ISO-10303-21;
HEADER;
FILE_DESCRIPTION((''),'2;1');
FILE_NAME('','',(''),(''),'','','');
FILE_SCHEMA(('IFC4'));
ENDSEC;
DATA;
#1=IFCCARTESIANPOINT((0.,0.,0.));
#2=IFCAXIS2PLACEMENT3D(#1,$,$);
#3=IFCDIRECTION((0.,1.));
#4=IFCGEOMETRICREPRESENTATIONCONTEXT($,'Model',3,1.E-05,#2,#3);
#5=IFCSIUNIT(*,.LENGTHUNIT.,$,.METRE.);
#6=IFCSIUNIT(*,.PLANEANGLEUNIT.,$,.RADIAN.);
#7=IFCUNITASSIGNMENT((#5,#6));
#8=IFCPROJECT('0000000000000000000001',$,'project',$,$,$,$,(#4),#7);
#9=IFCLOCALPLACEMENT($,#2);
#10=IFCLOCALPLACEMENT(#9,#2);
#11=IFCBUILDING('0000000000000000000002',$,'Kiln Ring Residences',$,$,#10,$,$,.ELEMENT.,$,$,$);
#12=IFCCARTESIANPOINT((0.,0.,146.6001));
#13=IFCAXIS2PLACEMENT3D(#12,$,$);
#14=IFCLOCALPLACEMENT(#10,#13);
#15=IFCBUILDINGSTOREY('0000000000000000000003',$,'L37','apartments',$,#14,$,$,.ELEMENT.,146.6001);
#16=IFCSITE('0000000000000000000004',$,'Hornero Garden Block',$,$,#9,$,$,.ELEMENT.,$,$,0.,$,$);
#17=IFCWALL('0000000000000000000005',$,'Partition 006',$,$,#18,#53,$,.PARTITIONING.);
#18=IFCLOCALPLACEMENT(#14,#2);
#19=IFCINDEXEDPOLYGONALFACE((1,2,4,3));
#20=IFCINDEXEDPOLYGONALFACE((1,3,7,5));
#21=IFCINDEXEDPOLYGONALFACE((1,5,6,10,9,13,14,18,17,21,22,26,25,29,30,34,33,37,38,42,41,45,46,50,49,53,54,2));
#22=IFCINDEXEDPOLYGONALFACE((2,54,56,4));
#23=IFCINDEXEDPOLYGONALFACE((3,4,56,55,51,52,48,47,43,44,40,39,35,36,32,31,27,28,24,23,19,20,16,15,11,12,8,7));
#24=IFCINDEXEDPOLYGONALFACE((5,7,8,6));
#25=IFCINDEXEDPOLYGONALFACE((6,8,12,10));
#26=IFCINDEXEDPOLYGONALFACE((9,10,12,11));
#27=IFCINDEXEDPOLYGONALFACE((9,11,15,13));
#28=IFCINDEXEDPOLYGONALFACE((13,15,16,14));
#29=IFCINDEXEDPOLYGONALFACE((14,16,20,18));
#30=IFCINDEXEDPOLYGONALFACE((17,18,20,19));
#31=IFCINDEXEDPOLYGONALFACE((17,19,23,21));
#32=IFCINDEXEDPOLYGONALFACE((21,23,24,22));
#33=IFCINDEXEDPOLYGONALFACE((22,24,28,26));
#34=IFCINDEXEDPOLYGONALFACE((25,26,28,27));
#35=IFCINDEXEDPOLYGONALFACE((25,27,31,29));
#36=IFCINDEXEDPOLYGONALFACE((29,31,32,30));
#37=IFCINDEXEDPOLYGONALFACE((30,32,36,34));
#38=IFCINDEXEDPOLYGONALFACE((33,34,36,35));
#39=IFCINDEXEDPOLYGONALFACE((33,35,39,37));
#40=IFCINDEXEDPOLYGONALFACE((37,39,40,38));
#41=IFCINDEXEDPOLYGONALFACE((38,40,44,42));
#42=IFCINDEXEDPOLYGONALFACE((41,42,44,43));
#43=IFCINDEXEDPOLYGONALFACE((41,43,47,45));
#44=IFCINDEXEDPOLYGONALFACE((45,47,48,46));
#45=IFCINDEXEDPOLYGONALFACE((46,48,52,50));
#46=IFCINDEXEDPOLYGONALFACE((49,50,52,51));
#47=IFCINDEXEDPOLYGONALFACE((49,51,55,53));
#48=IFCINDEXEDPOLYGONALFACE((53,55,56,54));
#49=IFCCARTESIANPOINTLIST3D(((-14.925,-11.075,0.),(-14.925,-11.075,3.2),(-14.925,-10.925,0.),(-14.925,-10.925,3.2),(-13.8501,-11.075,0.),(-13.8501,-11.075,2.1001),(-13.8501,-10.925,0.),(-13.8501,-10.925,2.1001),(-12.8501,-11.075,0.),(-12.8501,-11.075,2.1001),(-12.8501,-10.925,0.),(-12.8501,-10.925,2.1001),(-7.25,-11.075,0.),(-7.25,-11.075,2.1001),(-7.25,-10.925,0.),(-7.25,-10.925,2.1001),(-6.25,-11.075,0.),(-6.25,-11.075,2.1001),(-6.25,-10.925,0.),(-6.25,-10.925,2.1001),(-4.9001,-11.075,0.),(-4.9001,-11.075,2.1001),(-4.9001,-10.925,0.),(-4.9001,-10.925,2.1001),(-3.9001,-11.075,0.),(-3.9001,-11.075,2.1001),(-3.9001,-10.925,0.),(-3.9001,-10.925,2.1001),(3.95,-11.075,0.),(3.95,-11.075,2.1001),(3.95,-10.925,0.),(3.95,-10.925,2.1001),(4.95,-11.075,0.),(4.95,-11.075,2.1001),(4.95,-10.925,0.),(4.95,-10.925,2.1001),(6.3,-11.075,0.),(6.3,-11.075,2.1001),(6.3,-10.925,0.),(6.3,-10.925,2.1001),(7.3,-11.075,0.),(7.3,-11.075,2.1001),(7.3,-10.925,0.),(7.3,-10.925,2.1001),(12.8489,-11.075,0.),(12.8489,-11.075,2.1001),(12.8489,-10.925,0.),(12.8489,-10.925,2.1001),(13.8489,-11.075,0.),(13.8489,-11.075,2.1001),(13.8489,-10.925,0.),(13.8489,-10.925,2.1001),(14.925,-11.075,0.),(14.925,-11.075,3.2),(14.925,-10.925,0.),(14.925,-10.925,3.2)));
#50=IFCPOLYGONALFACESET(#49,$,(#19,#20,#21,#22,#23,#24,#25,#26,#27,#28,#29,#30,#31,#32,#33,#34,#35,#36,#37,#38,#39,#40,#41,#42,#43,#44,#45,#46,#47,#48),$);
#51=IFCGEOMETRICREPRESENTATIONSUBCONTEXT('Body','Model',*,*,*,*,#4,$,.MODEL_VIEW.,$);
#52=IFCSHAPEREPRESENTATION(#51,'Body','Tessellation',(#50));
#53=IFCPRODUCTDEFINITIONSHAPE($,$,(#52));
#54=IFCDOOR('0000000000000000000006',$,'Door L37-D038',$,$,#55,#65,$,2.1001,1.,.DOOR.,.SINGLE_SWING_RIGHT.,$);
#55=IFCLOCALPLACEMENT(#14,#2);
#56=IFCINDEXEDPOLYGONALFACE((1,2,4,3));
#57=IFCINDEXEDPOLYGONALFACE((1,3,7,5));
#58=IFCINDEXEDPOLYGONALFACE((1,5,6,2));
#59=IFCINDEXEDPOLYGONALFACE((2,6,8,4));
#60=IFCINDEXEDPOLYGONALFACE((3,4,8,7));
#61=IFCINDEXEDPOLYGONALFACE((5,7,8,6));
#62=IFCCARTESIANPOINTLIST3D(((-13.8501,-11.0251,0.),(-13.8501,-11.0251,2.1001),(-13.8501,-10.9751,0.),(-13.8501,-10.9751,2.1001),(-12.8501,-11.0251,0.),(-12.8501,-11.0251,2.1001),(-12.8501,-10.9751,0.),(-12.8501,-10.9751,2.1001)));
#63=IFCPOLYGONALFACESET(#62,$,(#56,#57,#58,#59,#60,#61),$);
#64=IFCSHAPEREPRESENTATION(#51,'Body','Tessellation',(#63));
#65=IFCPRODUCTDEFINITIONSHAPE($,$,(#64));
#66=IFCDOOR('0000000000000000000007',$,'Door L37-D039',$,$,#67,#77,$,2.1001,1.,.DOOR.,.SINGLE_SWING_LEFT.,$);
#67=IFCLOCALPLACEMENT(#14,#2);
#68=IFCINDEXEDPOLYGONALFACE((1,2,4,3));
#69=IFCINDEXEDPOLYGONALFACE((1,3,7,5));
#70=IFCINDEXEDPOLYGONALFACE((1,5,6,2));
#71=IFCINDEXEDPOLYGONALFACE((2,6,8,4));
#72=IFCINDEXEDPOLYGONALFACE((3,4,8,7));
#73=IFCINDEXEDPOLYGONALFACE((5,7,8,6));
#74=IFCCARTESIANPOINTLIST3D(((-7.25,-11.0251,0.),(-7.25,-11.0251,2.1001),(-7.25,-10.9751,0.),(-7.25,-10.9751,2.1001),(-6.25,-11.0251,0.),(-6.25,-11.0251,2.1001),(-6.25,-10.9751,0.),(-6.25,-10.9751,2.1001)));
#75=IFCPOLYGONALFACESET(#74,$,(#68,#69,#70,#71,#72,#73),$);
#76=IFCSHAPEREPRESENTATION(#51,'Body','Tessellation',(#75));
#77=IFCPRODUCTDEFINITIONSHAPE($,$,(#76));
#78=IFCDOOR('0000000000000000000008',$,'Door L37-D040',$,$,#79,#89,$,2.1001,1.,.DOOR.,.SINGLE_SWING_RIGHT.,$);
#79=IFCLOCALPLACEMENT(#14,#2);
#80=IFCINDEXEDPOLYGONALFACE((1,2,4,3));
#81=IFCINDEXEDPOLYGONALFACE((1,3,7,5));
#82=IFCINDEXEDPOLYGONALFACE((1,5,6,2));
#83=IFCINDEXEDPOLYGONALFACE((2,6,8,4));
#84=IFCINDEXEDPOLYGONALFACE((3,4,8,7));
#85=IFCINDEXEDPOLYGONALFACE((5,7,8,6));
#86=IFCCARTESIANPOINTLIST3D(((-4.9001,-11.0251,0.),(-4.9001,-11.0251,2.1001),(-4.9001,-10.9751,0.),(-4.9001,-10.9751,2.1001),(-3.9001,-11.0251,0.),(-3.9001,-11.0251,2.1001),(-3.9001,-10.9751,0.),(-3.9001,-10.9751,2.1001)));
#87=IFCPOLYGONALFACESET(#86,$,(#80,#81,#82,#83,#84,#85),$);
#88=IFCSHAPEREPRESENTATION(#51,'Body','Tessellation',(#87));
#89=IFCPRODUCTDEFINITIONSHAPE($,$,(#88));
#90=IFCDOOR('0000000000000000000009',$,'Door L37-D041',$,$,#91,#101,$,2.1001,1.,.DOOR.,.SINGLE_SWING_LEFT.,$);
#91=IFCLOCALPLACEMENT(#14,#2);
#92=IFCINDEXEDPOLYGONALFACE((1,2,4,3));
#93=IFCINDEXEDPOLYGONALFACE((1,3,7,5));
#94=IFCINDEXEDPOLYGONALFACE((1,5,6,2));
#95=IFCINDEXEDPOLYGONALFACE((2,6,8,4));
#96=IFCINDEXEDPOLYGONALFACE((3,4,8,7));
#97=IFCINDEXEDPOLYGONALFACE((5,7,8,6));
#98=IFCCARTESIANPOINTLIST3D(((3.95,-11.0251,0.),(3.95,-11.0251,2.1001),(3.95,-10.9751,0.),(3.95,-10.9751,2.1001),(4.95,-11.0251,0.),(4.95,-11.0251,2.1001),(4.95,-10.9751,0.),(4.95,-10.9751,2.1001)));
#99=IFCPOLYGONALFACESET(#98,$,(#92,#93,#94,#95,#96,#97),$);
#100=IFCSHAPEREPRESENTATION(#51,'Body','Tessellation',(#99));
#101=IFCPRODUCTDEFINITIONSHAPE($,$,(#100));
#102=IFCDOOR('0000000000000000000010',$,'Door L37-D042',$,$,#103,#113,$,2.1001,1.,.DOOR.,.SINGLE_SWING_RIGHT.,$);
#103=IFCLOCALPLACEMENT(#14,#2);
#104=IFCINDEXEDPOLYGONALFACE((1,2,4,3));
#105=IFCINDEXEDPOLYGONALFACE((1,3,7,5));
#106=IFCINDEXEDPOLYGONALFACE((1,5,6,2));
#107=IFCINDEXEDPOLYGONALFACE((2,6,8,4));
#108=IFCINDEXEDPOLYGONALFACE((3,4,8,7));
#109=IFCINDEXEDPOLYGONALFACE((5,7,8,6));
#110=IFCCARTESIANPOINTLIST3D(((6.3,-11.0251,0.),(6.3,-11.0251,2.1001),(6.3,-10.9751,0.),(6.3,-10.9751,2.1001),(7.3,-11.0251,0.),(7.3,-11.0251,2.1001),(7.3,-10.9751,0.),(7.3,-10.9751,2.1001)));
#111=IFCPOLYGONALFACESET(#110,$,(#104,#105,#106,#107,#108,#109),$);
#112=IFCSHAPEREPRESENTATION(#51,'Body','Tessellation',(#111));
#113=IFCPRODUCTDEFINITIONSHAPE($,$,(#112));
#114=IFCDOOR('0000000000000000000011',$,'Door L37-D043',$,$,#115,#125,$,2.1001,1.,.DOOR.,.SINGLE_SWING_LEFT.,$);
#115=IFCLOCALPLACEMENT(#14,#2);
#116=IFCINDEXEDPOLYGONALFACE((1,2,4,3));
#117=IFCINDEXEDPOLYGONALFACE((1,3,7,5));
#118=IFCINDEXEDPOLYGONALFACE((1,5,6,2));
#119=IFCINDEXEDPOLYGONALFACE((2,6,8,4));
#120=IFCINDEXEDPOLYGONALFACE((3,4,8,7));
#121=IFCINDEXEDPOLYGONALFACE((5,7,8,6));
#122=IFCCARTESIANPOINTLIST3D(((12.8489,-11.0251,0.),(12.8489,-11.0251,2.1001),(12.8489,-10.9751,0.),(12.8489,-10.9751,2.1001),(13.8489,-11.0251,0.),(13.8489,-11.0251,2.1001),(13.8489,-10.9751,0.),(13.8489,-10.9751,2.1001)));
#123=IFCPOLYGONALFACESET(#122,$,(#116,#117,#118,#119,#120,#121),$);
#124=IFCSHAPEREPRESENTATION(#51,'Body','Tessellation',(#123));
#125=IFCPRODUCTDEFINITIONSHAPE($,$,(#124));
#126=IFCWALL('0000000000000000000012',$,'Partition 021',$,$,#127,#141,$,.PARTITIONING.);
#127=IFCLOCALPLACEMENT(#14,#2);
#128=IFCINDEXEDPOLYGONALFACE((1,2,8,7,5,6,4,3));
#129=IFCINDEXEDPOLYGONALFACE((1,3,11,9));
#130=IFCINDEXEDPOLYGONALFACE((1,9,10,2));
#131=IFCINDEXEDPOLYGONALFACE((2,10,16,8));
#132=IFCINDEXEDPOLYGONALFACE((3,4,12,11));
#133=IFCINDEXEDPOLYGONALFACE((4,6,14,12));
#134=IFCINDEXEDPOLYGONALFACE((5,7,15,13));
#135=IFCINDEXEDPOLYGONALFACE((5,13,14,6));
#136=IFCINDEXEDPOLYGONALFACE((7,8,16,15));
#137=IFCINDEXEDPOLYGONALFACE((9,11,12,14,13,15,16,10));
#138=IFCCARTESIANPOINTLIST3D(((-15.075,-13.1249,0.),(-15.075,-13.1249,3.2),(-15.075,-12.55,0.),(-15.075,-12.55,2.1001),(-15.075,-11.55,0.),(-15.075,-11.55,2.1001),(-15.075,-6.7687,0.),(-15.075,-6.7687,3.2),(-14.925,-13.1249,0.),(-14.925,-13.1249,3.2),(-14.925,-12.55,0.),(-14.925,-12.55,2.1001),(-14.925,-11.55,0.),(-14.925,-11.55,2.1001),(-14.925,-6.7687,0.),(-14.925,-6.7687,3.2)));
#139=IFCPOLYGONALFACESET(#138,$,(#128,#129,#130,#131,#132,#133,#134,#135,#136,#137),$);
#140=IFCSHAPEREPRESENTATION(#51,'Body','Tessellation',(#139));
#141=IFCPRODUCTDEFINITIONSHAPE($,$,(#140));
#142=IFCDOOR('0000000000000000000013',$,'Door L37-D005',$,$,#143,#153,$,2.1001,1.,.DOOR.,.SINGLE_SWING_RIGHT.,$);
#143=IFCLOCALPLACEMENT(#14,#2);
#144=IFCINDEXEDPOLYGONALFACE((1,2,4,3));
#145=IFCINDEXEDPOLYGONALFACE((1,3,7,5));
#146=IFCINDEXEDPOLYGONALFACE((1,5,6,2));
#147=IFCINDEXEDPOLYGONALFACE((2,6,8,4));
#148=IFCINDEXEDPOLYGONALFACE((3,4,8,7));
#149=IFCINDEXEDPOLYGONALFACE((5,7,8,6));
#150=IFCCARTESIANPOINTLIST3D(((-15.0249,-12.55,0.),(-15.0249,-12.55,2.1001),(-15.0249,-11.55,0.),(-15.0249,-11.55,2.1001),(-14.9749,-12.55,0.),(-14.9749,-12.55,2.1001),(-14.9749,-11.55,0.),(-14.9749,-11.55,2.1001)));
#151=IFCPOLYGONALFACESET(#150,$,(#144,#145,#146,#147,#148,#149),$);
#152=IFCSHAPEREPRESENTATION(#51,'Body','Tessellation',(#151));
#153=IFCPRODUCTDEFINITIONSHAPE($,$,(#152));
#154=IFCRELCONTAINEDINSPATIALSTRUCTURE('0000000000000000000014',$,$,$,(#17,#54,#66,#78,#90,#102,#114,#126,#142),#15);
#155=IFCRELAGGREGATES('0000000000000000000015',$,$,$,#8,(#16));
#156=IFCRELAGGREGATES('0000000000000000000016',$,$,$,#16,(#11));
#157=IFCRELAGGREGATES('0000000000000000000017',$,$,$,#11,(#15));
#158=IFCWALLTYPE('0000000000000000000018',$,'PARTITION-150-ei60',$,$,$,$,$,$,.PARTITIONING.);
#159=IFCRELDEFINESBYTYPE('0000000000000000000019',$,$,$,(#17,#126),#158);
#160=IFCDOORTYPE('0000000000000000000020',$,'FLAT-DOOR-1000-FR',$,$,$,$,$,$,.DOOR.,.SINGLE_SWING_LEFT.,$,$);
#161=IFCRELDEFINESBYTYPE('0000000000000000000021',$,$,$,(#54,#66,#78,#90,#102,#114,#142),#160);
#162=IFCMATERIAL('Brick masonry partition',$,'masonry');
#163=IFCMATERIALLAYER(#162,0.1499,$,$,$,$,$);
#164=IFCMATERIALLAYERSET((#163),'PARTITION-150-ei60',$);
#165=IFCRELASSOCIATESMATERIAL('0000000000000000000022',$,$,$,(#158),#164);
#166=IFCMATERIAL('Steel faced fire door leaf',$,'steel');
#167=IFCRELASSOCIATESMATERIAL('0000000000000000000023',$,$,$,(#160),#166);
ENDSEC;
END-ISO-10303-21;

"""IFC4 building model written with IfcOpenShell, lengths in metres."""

from ifc_helpers import new_model, si_unit, direction, frame, frame_2d, origin, place, context, subcontext, project, spatial, rectangle, extrude, material, layer, layer_set, type_object, element, fill, save


model = new_model("IFC4")

# Units and contexts
model_context = context("Model", 3, precision=1e-05, world=origin(), true_north=direction((0.0, 1.0)))
body_context = subcontext(model_context, "Body", "Model", "MODEL_VIEW")
ifc_project = project(units=[si_unit("LENGTHUNIT", "METRE"), si_unit("PLANEANGLEUNIT", "RADIAN")], contexts=[model_context])

# Site, building, storey
site_placement = place(None, origin())
site = spatial("IfcSite", under=ifc_project, at=site_placement, Name="Hornero Garden Block", CompositionType="ELEMENT", RefElevation=0.0)
building_placement = place(site_placement, origin())
building = spatial("IfcBuilding", under=site, at=building_placement, Name="Kiln Ring Residences", CompositionType="ELEMENT")
storey_placement = place(building_placement, frame((0.0, 0.0, 146.6001)))
storey = spatial("IfcBuildingStorey", under=building, at=storey_placement, Name="L37", Description="apartments", CompositionType="ELEMENT", Elevation=146.6001)

# Wall, openings, doors
ifc_material_1 = material(Name="Brick masonry partition", Category="masonry")
ifc_layer_1 = layer(ifc_material_1, 0.1499)
ifc_layer_set_1 = layer_set([ifc_layer_1], Name="PARTITION-150-ei60")
wall_type_1 = type_object("IfcWallType", Name="PARTITION-150-ei60", PredefinedType="PARTITIONING", material=ifc_layer_set_1)
ifc_material_2 = material(Name="Steel faced fire door leaf", Category="steel")
door_type_1 = type_object("IfcDoorType", Name="FLAT-DOOR-1000-FR", OperationType="SINGLE_SWING_LEFT", PredefinedType="DOOR", material=ifc_material_2)
wall_1_placement = place(storey_placement, frame((-14.925, -11.0, 0.0), z_axis=(0.0, 0.0, 1.0), x_axis=(1.0, 0.0, 0.0)))
wall_1 = element("IfcWall", 1, at=wall_1_placement, inside=storey, type_object=wall_type_1, Name="Partition 006", PredefinedType="PARTITIONING", context=body_context, shape_type="SweptSolid", body=[
    extrude(rectangle(XDim=29.8501, YDim=0.1499, at=frame_2d((14.925, 0.0))), origin(), (0.0, 0.0, 1.0), 3.2),
])
opening_1_placement = place(wall_1_placement, frame((1.075, 0.0, 0.0)))
opening_1 = element("IfcOpeningElement", 2, at=opening_1_placement, cuts=wall_1, PredefinedType="OPENING", context=body_context, shape_type="SweptSolid", body=[
    extrude(rectangle(XDim=1.0, YDim=2.1001, at=frame_2d((0.5, 1.05))), frame((0.0, 0.085, 0.0), z_axis=(0.0, -1.0, 0.0), x_axis=(1.0, 0.0, 0.0)), (0.0, 0.0, 1.0), 0.1699),
])
opening_2_placement = place(wall_1_placement, frame((7.675, 0.0, 0.0)))
opening_2 = element("IfcOpeningElement", 3, at=opening_2_placement, cuts=wall_1, PredefinedType="OPENING", context=body_context, shape_type="SweptSolid", body=[
    extrude(rectangle(XDim=1.0, YDim=2.1001, at=frame_2d((0.5, 1.05))), frame((0.0, 0.085, 0.0), z_axis=(0.0, -1.0, 0.0), x_axis=(1.0, 0.0, 0.0)), (0.0, 0.0, 1.0), 0.1699),
])
opening_3_placement = place(wall_1_placement, frame((10.0249, 0.0, 0.0)))
opening_3 = element("IfcOpeningElement", 4, at=opening_3_placement, cuts=wall_1, PredefinedType="OPENING", context=body_context, shape_type="SweptSolid", body=[
    extrude(rectangle(XDim=1.0, YDim=2.1001, at=frame_2d((0.5, 1.05))), frame((0.0, 0.085, 0.0), z_axis=(0.0, -1.0, 0.0), x_axis=(1.0, 0.0, 0.0)), (0.0, 0.0, 1.0), 0.1699),
])
opening_4_placement = place(wall_1_placement, frame((18.875, 0.0, 0.0)))
opening_4 = element("IfcOpeningElement", 5, at=opening_4_placement, cuts=wall_1, PredefinedType="OPENING", context=body_context, shape_type="SweptSolid", body=[
    extrude(rectangle(XDim=1.0, YDim=2.1001, at=frame_2d((0.5, 1.05))), frame((0.0, 0.085, 0.0), z_axis=(0.0, -1.0, 0.0), x_axis=(1.0, 0.0, 0.0)), (0.0, 0.0, 1.0), 0.1699),
])
opening_5_placement = place(wall_1_placement, frame((21.2251, 0.0, 0.0)))
opening_5 = element("IfcOpeningElement", 6, at=opening_5_placement, cuts=wall_1, PredefinedType="OPENING", context=body_context, shape_type="SweptSolid", body=[
    extrude(rectangle(XDim=1.0, YDim=2.1001, at=frame_2d((0.5, 1.05))), frame((0.0, 0.085, 0.0), z_axis=(0.0, -1.0, 0.0), x_axis=(1.0, 0.0, 0.0)), (0.0, 0.0, 1.0), 0.1699),
])
opening_6_placement = place(wall_1_placement, frame((27.7739, 0.0, 0.0)))
opening_6 = element("IfcOpeningElement", 7, at=opening_6_placement, cuts=wall_1, PredefinedType="OPENING", context=body_context, shape_type="SweptSolid", body=[
    extrude(rectangle(XDim=1.0, YDim=2.1001, at=frame_2d((0.5, 1.05))), frame((0.0, 0.085, 0.0), z_axis=(0.0, -1.0, 0.0), x_axis=(1.0, 0.0, 0.0)), (0.0, 0.0, 1.0), 0.1699),
])
door_1_placement = place(opening_1_placement, origin())
door_1 = element("IfcDoor", 8, at=door_1_placement, inside=storey, type_object=door_type_1, Name="Door L37-D038", OperationType="SINGLE_SWING_RIGHT", OverallHeight=2.1001, OverallWidth=1.0, PredefinedType="DOOR", context=body_context, shape_type="SweptSolid", body=[
    extrude(rectangle(XDim=1.0, YDim=2.1001, at=frame_2d((0.5, 1.05))), frame((0.0, 0.0249, 0.0), z_axis=(0.0, -1.0, 0.0), x_axis=(1.0, 0.0, 0.0)), (0.0, 0.0, 1.0), 0.05),
])
fill(opening_1, door_1)
door_2_placement = place(opening_2_placement, origin())
door_2 = element("IfcDoor", 9, at=door_2_placement, inside=storey, type_object=door_type_1, Name="Door L37-D039", OperationType="SINGLE_SWING_LEFT", OverallHeight=2.1001, OverallWidth=1.0, PredefinedType="DOOR", context=body_context, shape_type="SweptSolid", body=[
    extrude(rectangle(XDim=1.0, YDim=2.1001, at=frame_2d((0.5, 1.05))), frame((0.0, 0.0249, 0.0), z_axis=(0.0, -1.0, 0.0), x_axis=(1.0, 0.0, 0.0)), (0.0, 0.0, 1.0), 0.05),
])
fill(opening_2, door_2)
door_3_placement = place(opening_3_placement, origin())
door_3 = element("IfcDoor", 10, at=door_3_placement, inside=storey, type_object=door_type_1, Name="Door L37-D040", OperationType="SINGLE_SWING_RIGHT", OverallHeight=2.1001, OverallWidth=1.0, PredefinedType="DOOR", context=body_context, shape_type="SweptSolid", body=[
    extrude(rectangle(XDim=1.0, YDim=2.1001, at=frame_2d((0.5, 1.05))), frame((0.0, 0.0249, 0.0), z_axis=(0.0, -1.0, 0.0), x_axis=(1.0, 0.0, 0.0)), (0.0, 0.0, 1.0), 0.05),
])
fill(opening_3, door_3)
door_4_placement = place(opening_4_placement, origin())
door_4 = element("IfcDoor", 11, at=door_4_placement, inside=storey, type_object=door_type_1, Name="Door L37-D041", OperationType="SINGLE_SWING_LEFT", OverallHeight=2.1001, OverallWidth=1.0, PredefinedType="DOOR", context=body_context, shape_type="SweptSolid", body=[
    extrude(rectangle(XDim=1.0, YDim=2.1001, at=frame_2d((0.5, 1.05))), frame((0.0, 0.0249, 0.0), z_axis=(0.0, -1.0, 0.0), x_axis=(1.0, 0.0, 0.0)), (0.0, 0.0, 1.0), 0.05),
])
fill(opening_4, door_4)
door_5_placement = place(opening_5_placement, origin())
door_5 = element("IfcDoor", 12, at=door_5_placement, inside=storey, type_object=door_type_1, Name="Door L37-D042", OperationType="SINGLE_SWING_RIGHT", OverallHeight=2.1001, OverallWidth=1.0, PredefinedType="DOOR", context=body_context, shape_type="SweptSolid", body=[
    extrude(rectangle(XDim=1.0, YDim=2.1001, at=frame_2d((0.5, 1.05))), frame((0.0, 0.0249, 0.0), z_axis=(0.0, -1.0, 0.0), x_axis=(1.0, 0.0, 0.0)), (0.0, 0.0, 1.0), 0.05),
])
fill(opening_5, door_5)
door_6_placement = place(opening_6_placement, origin())
door_6 = element("IfcDoor", 13, at=door_6_placement, inside=storey, type_object=door_type_1, Name="Door L37-D043", OperationType="SINGLE_SWING_LEFT", OverallHeight=2.1001, OverallWidth=1.0, PredefinedType="DOOR", context=body_context, shape_type="SweptSolid", body=[
    extrude(rectangle(XDim=1.0, YDim=2.1001, at=frame_2d((0.5, 1.05))), frame((0.0, 0.0249, 0.0), z_axis=(0.0, -1.0, 0.0), x_axis=(1.0, 0.0, 0.0)), (0.0, 0.0, 1.0), 0.05),
])
fill(opening_6, door_6)

# Wall, opening, door
wall_2_placement = place(storey_placement, frame((-15.0, -13.125, 0.0), z_axis=(0.0, 0.0, 1.0), x_axis=(0.0, 1.0, 0.0)))
wall_2 = element("IfcWall", 14, at=wall_2_placement, inside=storey, type_object=wall_type_1, Name="Partition 021", PredefinedType="PARTITIONING", context=body_context, shape_type="SweptSolid", body=[
    extrude(rectangle(XDim=6.3562, YDim=0.1499, at=frame_2d((3.1782, 0.0))), origin(), (0.0, 0.0, 1.0), 3.2),
])
opening_7_placement = place(wall_2_placement, frame((0.575, 0.0, 0.0)))
opening_7 = element("IfcOpeningElement", 15, at=opening_7_placement, cuts=wall_2, PredefinedType="OPENING", context=body_context, shape_type="SweptSolid", body=[
    extrude(rectangle(XDim=1.0, YDim=2.1001, at=frame_2d((0.5, 1.05))), frame((0.0, 0.085, 0.0), z_axis=(0.0, -1.0, 0.0), x_axis=(1.0, 0.0, 0.0)), (0.0, 0.0, 1.0), 0.1699),
])
door_7_placement = place(opening_7_placement, origin())
door_7 = element("IfcDoor", 16, at=door_7_placement, inside=storey, type_object=door_type_1, Name="Door L37-D005", OperationType="SINGLE_SWING_RIGHT", OverallHeight=2.1001, OverallWidth=1.0, PredefinedType="DOOR", context=body_context, shape_type="SweptSolid", body=[
    extrude(rectangle(XDim=1.0, YDim=2.1001, at=frame_2d((0.5, 1.05))), frame((0.0, 0.0249, 0.0), z_axis=(0.0, -1.0, 0.0), x_axis=(1.0, 0.0, 0.0)), (0.0, 0.0, 1.0), 0.05),
])
fill(opening_7, door_7)

save(model, "model.ifc")
